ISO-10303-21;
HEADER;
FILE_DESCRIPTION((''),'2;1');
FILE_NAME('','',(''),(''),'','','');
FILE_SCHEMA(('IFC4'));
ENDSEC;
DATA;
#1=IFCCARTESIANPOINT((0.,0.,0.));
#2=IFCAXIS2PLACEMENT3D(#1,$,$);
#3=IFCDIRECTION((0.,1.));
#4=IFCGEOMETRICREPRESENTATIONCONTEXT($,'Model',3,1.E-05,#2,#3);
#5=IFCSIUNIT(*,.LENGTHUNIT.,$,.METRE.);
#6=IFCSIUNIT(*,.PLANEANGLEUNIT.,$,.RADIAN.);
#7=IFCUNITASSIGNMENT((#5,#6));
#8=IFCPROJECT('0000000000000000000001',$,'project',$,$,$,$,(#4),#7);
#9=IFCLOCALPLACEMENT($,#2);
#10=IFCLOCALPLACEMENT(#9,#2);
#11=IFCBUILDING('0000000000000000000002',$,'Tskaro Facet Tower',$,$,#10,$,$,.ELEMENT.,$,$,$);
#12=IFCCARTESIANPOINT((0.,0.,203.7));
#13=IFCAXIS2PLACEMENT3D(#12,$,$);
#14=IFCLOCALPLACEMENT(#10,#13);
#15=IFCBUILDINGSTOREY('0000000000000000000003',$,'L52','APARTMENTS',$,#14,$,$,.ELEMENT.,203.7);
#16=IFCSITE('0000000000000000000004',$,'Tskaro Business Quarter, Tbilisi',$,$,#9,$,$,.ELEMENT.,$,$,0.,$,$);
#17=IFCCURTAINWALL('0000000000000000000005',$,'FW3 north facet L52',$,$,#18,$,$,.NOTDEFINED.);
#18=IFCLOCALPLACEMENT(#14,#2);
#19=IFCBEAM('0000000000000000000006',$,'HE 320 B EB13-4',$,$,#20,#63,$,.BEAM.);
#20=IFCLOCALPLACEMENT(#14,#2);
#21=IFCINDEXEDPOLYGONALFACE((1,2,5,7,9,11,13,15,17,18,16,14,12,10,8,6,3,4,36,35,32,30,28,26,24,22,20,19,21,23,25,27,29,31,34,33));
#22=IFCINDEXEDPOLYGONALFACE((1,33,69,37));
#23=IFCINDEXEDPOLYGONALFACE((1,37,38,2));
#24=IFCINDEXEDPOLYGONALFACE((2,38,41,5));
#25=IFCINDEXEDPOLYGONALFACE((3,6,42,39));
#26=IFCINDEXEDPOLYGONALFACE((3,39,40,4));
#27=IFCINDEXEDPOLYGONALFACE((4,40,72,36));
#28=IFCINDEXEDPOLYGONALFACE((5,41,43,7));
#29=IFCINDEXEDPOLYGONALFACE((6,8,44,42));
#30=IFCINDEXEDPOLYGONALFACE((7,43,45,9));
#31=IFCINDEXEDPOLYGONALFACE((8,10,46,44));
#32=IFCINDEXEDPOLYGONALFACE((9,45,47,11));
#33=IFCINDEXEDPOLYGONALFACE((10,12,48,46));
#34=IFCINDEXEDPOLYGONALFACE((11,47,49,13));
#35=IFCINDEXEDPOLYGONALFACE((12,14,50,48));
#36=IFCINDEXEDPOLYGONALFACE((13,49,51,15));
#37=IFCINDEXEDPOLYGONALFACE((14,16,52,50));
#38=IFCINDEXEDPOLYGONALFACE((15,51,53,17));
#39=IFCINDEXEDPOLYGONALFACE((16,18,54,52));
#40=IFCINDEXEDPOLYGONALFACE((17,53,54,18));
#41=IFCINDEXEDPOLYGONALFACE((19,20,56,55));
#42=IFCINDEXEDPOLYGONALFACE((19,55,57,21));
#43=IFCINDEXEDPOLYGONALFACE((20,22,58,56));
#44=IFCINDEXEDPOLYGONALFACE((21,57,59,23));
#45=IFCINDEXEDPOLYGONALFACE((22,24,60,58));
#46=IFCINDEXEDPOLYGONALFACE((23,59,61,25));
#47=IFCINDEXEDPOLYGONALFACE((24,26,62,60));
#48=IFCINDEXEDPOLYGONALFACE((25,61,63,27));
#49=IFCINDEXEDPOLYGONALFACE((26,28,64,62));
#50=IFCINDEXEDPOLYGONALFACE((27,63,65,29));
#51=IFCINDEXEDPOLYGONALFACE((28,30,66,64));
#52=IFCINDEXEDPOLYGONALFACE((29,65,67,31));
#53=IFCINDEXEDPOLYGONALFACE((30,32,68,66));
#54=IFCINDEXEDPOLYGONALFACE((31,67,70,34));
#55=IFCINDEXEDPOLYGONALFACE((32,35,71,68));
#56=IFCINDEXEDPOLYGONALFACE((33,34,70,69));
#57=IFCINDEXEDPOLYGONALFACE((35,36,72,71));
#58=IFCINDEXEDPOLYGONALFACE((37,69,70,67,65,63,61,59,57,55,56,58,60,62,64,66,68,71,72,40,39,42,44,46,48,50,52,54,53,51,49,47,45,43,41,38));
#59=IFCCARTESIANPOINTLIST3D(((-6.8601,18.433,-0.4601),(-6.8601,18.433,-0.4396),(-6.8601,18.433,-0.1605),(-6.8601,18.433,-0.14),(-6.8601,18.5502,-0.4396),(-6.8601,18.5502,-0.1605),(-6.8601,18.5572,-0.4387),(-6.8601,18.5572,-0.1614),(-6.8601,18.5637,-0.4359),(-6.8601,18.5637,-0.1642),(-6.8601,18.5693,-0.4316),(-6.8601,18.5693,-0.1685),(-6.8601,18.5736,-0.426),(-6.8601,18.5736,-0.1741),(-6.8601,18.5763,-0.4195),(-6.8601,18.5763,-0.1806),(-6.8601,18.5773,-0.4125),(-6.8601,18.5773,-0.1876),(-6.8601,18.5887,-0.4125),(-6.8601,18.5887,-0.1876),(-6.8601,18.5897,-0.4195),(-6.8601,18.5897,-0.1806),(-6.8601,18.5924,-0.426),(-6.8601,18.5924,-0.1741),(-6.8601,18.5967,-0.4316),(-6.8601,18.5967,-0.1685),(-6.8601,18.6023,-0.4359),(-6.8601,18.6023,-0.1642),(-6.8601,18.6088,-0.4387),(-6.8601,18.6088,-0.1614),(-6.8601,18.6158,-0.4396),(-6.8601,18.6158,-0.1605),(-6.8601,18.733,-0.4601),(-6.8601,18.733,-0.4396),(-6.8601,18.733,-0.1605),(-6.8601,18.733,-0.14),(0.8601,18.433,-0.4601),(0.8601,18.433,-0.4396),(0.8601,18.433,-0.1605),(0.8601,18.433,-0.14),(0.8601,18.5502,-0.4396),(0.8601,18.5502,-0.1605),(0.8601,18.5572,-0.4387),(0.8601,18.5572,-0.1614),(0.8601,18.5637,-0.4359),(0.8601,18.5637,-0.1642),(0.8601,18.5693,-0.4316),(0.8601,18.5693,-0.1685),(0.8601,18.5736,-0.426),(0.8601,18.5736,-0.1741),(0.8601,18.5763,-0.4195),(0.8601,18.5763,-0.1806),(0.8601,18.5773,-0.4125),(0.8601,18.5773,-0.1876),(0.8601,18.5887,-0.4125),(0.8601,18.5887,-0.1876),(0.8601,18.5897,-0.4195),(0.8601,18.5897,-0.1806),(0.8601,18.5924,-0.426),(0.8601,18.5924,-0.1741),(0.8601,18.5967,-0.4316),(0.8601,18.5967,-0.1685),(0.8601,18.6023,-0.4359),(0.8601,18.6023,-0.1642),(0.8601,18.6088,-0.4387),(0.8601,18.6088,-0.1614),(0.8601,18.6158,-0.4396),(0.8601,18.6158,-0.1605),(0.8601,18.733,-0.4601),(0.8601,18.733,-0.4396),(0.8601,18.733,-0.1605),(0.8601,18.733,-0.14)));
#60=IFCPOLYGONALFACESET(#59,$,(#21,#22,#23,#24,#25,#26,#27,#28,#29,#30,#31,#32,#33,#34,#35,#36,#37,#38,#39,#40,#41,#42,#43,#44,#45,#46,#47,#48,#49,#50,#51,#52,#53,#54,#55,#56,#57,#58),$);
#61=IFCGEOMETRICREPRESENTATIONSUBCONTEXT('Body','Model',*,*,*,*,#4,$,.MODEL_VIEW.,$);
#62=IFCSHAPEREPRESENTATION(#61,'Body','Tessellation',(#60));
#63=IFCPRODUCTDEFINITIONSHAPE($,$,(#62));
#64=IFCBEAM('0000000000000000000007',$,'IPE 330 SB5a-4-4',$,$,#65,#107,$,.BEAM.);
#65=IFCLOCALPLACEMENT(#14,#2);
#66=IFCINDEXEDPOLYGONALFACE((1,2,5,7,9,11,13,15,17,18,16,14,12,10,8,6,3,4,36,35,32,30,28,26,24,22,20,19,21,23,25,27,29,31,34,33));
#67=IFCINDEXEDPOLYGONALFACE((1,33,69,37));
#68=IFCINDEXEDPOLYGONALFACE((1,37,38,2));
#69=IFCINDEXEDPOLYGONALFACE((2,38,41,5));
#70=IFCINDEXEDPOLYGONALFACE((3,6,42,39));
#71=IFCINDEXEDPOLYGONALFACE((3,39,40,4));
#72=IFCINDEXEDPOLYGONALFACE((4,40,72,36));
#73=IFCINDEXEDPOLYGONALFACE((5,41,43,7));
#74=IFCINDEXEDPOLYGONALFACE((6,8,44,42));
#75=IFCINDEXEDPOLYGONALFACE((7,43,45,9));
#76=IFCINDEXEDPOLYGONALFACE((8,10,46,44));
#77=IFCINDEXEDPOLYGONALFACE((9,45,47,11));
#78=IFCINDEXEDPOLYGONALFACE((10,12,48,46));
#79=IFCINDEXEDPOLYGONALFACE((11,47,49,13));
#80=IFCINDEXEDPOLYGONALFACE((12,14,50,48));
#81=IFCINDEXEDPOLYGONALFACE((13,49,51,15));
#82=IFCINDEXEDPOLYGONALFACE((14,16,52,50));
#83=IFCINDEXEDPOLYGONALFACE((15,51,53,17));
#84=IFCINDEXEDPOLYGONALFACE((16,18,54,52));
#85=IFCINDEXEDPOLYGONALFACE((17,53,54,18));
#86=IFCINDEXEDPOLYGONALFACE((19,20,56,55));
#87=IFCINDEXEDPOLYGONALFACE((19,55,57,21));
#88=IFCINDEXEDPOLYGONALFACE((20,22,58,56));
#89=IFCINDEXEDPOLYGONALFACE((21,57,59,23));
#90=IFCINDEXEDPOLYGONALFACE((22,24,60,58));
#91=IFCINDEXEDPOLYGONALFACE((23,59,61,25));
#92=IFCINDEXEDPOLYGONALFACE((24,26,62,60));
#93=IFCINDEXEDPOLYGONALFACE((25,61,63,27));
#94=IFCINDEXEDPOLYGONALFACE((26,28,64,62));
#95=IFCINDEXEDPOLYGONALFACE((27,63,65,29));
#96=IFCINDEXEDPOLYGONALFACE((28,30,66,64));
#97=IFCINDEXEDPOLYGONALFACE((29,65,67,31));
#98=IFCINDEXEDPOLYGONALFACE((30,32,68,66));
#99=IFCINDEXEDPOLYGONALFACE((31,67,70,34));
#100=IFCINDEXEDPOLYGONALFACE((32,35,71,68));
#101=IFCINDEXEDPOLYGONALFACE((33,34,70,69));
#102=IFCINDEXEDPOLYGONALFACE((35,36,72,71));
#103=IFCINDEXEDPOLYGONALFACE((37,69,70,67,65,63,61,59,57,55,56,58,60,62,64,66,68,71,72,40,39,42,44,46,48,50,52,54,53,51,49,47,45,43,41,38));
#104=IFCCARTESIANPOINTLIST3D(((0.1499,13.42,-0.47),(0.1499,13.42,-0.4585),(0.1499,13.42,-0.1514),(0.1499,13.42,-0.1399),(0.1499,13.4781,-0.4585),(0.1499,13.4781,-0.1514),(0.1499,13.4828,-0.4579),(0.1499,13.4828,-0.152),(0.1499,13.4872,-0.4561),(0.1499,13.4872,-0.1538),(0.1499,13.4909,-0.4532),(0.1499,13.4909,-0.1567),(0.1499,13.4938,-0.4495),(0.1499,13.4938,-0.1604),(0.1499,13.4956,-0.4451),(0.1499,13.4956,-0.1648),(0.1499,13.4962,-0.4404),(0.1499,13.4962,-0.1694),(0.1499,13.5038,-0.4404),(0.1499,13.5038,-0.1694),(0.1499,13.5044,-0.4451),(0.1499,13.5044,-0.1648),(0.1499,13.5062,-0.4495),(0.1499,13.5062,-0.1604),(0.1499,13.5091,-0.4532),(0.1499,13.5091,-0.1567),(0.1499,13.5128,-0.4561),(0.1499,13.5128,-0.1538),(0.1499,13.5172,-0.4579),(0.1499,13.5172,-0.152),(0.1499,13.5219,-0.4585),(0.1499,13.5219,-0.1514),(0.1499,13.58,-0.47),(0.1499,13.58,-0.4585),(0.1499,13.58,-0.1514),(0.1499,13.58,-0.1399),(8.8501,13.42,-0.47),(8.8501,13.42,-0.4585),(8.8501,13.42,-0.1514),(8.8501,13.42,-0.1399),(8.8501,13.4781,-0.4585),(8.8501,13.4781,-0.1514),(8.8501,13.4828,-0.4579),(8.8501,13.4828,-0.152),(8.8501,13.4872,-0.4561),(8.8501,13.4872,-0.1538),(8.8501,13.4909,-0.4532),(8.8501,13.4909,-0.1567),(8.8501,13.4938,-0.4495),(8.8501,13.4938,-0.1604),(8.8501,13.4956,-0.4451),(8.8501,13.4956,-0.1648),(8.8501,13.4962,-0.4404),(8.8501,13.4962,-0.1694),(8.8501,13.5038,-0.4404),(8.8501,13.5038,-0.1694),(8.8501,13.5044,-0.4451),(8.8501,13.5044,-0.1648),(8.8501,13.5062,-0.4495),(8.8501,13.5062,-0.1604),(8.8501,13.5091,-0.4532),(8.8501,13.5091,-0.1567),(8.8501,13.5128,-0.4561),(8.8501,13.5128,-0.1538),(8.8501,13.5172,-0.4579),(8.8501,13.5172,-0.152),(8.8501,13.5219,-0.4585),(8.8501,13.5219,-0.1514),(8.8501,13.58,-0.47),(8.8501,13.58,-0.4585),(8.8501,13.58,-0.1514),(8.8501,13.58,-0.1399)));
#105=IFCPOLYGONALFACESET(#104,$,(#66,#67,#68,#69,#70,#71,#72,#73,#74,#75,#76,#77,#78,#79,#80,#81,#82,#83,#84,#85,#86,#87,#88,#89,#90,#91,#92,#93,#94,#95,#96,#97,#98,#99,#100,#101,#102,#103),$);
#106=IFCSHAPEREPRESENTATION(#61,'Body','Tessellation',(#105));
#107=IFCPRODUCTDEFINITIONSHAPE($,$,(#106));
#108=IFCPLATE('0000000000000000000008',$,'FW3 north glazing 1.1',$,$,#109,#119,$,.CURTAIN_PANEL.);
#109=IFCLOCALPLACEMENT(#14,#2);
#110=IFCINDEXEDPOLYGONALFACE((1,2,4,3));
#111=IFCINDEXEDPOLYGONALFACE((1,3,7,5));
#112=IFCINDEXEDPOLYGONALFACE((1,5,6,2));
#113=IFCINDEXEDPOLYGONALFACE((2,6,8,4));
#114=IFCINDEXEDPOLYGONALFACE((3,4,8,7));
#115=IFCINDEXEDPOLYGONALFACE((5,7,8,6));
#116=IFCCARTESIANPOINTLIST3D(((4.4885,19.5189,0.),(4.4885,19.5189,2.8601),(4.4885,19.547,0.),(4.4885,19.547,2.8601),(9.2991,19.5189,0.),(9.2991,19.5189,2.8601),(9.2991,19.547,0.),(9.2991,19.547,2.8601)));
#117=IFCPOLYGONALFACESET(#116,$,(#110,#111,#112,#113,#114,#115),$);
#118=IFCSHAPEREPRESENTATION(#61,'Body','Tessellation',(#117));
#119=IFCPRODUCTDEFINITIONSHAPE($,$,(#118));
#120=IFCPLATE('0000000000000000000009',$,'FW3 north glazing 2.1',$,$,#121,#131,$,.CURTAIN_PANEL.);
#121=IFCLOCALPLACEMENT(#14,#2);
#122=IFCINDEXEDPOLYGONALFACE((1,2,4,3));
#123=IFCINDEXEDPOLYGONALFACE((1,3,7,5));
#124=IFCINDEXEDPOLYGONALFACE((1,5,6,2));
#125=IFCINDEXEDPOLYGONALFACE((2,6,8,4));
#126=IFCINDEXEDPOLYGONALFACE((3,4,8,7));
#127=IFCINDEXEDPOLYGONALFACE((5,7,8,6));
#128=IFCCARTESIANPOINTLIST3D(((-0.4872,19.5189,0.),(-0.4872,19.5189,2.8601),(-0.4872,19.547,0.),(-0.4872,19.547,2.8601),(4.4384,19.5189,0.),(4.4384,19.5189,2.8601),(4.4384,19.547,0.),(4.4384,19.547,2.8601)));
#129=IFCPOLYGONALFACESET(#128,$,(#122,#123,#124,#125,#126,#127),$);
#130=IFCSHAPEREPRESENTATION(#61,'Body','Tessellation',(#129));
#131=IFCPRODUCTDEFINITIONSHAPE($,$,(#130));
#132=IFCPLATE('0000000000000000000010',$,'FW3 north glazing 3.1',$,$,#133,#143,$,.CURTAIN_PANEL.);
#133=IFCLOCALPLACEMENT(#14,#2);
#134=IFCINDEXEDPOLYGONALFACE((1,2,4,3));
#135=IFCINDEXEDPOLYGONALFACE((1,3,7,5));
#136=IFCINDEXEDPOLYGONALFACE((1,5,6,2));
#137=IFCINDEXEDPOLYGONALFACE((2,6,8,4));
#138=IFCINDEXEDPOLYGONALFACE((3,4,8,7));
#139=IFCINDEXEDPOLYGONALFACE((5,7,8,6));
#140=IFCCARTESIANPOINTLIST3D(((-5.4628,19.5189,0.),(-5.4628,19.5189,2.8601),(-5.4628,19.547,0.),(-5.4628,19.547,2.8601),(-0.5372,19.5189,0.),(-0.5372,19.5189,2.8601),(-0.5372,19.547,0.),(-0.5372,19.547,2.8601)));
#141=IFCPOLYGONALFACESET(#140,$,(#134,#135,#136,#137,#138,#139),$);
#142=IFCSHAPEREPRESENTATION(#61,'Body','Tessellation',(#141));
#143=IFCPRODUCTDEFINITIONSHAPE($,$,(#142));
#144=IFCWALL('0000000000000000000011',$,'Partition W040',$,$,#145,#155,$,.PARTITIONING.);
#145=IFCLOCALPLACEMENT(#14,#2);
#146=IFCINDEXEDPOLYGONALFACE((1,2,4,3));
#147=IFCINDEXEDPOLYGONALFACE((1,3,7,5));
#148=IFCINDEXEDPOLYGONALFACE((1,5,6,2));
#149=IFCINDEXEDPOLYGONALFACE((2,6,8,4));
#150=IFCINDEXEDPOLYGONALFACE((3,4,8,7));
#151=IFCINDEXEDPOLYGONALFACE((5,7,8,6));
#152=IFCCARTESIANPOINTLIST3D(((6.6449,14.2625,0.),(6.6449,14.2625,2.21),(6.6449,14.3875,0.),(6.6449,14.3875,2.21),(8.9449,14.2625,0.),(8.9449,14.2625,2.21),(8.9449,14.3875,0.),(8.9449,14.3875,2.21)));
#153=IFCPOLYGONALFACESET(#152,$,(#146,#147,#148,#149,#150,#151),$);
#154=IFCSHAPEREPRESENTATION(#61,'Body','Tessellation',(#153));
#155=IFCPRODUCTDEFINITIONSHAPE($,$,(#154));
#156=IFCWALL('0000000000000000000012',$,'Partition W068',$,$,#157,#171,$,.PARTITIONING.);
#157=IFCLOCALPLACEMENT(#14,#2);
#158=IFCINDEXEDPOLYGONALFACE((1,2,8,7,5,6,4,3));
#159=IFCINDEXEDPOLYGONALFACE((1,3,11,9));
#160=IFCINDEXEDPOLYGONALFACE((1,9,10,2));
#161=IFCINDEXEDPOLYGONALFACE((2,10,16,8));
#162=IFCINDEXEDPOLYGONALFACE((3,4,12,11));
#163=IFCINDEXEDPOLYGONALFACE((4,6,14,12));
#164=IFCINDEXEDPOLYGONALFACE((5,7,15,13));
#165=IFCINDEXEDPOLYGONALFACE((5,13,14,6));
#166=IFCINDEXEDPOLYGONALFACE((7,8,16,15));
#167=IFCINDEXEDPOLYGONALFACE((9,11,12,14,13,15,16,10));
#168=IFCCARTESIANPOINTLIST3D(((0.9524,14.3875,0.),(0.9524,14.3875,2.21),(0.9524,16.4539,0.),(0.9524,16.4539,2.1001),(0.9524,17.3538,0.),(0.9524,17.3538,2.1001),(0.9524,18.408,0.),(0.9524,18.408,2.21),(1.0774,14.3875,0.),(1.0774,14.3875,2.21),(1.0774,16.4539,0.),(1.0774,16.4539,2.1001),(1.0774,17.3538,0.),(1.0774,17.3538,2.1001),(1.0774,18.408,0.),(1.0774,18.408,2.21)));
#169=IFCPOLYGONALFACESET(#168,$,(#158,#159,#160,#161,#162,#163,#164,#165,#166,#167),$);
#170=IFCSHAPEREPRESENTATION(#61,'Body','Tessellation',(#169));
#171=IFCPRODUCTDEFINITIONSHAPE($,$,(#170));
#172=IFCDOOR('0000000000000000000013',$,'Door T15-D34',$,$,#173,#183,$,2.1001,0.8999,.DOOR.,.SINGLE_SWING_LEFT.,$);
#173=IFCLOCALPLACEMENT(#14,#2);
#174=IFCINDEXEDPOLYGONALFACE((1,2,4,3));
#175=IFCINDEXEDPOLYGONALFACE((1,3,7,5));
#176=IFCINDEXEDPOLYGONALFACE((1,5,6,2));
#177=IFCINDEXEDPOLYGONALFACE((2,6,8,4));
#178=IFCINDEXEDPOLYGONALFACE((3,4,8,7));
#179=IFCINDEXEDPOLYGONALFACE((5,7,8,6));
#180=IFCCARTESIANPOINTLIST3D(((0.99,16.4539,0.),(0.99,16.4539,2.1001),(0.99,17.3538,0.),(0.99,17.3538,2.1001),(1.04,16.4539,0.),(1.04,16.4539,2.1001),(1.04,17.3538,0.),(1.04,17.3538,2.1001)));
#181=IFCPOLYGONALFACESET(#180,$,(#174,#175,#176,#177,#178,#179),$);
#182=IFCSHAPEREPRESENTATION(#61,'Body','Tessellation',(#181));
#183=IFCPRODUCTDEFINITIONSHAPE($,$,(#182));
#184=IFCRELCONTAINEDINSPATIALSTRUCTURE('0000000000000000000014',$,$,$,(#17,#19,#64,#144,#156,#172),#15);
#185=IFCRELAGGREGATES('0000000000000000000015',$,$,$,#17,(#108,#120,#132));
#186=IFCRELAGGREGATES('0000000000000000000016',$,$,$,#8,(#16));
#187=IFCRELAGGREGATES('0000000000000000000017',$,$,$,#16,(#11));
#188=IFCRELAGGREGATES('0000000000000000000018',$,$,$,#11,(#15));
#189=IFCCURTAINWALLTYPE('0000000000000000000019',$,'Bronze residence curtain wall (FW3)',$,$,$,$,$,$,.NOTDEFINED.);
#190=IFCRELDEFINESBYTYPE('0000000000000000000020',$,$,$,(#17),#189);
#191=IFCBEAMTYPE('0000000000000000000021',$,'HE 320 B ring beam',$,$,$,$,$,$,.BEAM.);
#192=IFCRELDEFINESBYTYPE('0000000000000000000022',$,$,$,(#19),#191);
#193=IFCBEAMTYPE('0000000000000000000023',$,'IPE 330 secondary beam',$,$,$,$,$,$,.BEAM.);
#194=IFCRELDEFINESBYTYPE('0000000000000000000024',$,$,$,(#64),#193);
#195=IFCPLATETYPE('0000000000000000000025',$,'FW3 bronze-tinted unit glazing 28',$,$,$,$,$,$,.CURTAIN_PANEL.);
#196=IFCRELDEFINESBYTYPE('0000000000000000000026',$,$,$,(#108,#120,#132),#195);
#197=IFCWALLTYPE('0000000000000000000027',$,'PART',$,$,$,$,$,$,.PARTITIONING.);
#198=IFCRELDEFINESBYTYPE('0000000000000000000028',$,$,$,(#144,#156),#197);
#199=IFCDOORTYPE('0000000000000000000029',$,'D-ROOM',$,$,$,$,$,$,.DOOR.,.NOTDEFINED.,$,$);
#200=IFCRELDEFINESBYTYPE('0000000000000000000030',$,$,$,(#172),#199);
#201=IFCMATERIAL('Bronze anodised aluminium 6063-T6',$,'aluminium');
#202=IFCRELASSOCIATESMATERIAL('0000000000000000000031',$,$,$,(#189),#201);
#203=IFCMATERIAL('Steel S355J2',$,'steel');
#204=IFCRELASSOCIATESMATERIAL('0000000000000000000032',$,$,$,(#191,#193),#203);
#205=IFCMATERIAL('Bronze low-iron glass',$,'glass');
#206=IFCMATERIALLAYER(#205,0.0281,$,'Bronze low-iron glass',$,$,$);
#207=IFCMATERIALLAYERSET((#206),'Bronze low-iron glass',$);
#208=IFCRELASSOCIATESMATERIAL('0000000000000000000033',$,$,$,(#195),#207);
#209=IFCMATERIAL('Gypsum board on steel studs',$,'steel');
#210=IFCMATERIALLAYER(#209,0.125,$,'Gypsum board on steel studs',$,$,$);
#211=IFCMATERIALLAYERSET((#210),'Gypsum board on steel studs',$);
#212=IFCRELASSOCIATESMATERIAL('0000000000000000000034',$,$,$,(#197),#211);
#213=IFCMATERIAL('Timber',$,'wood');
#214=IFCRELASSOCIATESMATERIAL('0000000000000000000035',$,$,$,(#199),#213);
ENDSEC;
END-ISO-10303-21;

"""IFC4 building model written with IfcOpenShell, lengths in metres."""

from ifc_helpers import new_model, si_unit, direction, frame, frame_2d, origin, origin_2d, place, context, subcontext, project, spatial, rectangle, i_section, extrude, material, layer, layer_set, material_profile, profile_set, type_object, element, fill, aggregate, save


model = new_model("IFC4")

# Units and contexts
model_context = context("Model", 3, precision=1e-05, world=origin(), true_north=direction((0.0, 1.0)))
body_context = subcontext(model_context, "Body", "Model", "MODEL_VIEW")
ifc_project = project(units=[si_unit("LENGTHUNIT", "METRE"), si_unit("PLANEANGLEUNIT", "RADIAN")], contexts=[model_context])

# Site, building, storey
site_placement = place(None, origin())
site = spatial("IfcSite", under=ifc_project, at=site_placement, Name="Tskaro Business Quarter, Tbilisi", CompositionType="ELEMENT", RefElevation=0.0)
building_placement = place(site_placement, origin())
building = spatial("IfcBuilding", under=site, at=building_placement, Name="Tskaro Facet Tower", CompositionType="ELEMENT")
storey_placement = place(building_placement, frame((0.0, 0.0, 203.7)))
storey = spatial("IfcBuildingStorey", under=building, at=storey_placement, Name="L52", Description="APARTMENTS", CompositionType="ELEMENT", Elevation=203.7)

# Curtain wall
ifc_material_1 = material(Name="Bronze anodised aluminium 6063-T6", Category="aluminium")
curtain_wall_type = type_object("IfcCurtainWallType", Name="Bronze residence curtain wall (FW3)", PredefinedType="NOTDEFINED", material=ifc_material_1)
curtain_wall_placement = place(storey_placement, origin())
curtain_wall = element("IfcCurtainWall", 1, at=curtain_wall_placement, inside=storey, type_object=curtain_wall_type, Name="FW3 north facet L52", PredefinedType="NOTDEFINED")

# Beams
ifc_material_2 = material(Name="Steel S355J2", Category="steel")
ifc_material_profile_1 = material_profile(ifc_material_2, i_section(OverallWidth=0.3, OverallDepth=0.3201, WebThickness=0.0115, FlangeThickness=0.0205, FilletRadius=0.0271, at=origin_2d()), Name="HE 320 B")
ifc_profile_set_1 = profile_set([ifc_material_profile_1], Name="Steel S355J2")
beam_type_1 = type_object("IfcBeamType", Name="HE 320 B ring beam", PredefinedType="BEAM", material=ifc_profile_set_1)
beam_1_placement = place(storey_placement, frame((0.8601, 18.583, -0.3), z_axis=(-1.0, 0.0, 0.0), x_axis=(0.0, -1.0, 0.0)))
element("IfcBeam", 2, at=beam_1_placement, inside=storey, type_object=beam_type_1, Name="HE 320 B EB13-4", PredefinedType="BEAM", context=body_context, shape_type="SweptSolid", body=[
    extrude(i_section(OverallWidth=0.3, OverallDepth=0.3201, WebThickness=0.0115, FlangeThickness=0.0205, FilletRadius=0.0271, at=origin_2d()), origin(), (0.0, 0.0, 1.0), 7.7202),
])
ifc_material_profile_2 = material_profile(ifc_material_2, i_section(OverallWidth=0.1599, OverallDepth=0.3301, WebThickness=0.0076, FlangeThickness=0.0115, FilletRadius=0.0181, at=origin_2d()), Name="IPE 330")
ifc_profile_set_2 = profile_set([ifc_material_profile_2], Name="Steel S355J2")
beam_type_2 = type_object("IfcBeamType", Name="IPE 330 secondary beam", PredefinedType="BEAM", material=ifc_profile_set_2)
beam_2_placement = place(storey_placement, frame((0.1499, 13.5, -0.3049), z_axis=(1.0, 0.0, 0.0), x_axis=(0.0, 1.0, 0.0)))
element("IfcBeam", 3, at=beam_2_placement, inside=storey, type_object=beam_type_2, Name="IPE 330 SB5a-4-4", PredefinedType="BEAM", context=body_context, shape_type="SweptSolid", body=[
    extrude(i_section(OverallWidth=0.1599, OverallDepth=0.3301, WebThickness=0.0076, FlangeThickness=0.0115, FilletRadius=0.0181, at=origin_2d()), origin(), (0.0, 0.0, 1.0), 8.7002),
])

# Plates
ifc_material_3 = material(Name="Bronze low-iron glass", Category="glass")
ifc_layer_1 = layer(ifc_material_3, 0.0281, Name="Bronze low-iron glass")
ifc_layer_set_1 = layer_set([ifc_layer_1], Name="Bronze low-iron glass")
plate_type = type_object("IfcPlateType", Name="FW3 bronze-tinted unit glazing 28", PredefinedType="CURTAIN_PANEL", material=ifc_layer_set_1)
plate_1_placement = place(storey_placement, frame((6.8938, 19.533, 0.0), z_axis=(0.0, 0.0, 1.0), x_axis=(-1.0, 0.0, 0.0)))
plate_1 = element("IfcPlate", 4, at=plate_1_placement, type_object=plate_type, Name="FW3 north glazing 1.1", PredefinedType="CURTAIN_PANEL", context=body_context, shape_type="SweptSolid", body=[
    extrude(rectangle(XDim=4.8105, YDim=0.0281, at=origin_2d()), origin(), (0.0, 0.0, 1.0), 2.8601),
])
plate_2_placement = place(storey_placement, frame((1.9756, 19.533, 0.0), z_axis=(0.0, 0.0, 1.0), x_axis=(-1.0, 0.0, 0.0)))
plate_2 = element("IfcPlate", 5, at=plate_2_placement, type_object=plate_type, Name="FW3 north glazing 2.1", PredefinedType="CURTAIN_PANEL", context=body_context, shape_type="SweptSolid", body=[
    extrude(rectangle(XDim=4.9255, YDim=0.0281, at=origin_2d()), origin(), (0.0, 0.0, 1.0), 2.8601),
])
plate_3_placement = place(storey_placement, frame((-3.0, 19.533, 0.0), z_axis=(0.0, 0.0, 1.0), x_axis=(-1.0, 0.0, 0.0)))
plate_3 = element("IfcPlate", 6, at=plate_3_placement, type_object=plate_type, Name="FW3 north glazing 3.1", PredefinedType="CURTAIN_PANEL", context=body_context, shape_type="SweptSolid", body=[
    extrude(rectangle(XDim=4.9255, YDim=0.0281, at=origin_2d()), origin(), (0.0, 0.0, 1.0), 2.8601),
])
aggregate(curtain_wall, [plate_1, plate_2, plate_3])

# Wall
ifc_material_4 = material(Name="Gypsum board on steel studs", Category="steel")
ifc_layer_2 = layer(ifc_material_4, 0.125, Name="Gypsum board on steel studs")
ifc_layer_set_2 = layer_set([ifc_layer_2], Name="Gypsum board on steel studs")
wall_type_1 = type_object("IfcWallType", Name="PART", PredefinedType="PARTITIONING", material=ifc_layer_set_2)
wall_1_placement = place(storey_placement, frame((6.645, 14.325, 0.0), z_axis=(0.0, 0.0, 1.0), x_axis=(1.0, 0.0, 0.0)))
element("IfcWall", 7, at=wall_1_placement, inside=storey, type_object=wall_type_1, Name="Partition W040", PredefinedType="PARTITIONING", context=body_context, shape_type="SweptSolid", body=[
    extrude(rectangle(XDim=2.3, YDim=0.125, at=frame_2d((1.1499, 0.0))), origin(), (0.0, 0.0, 1.0), 2.21),
])

# Wall, opening, door
wall_2_placement = place(storey_placement, frame((1.0149, 14.3875, 0.0), z_axis=(0.0, 0.0, 1.0), x_axis=(0.0, 1.0, 0.0)))
wall_2 = element("IfcWall", 8, at=wall_2_placement, inside=storey, type_object=wall_type_1, Name="Partition W068", PredefinedType="PARTITIONING", context=body_context, shape_type="SweptSolid", body=[
    extrude(rectangle(XDim=4.0205, YDim=0.125, at=frame_2d((2.0103, 0.0))), origin(), (0.0, 0.0, 1.0), 2.21),
])
opening_1_placement = place(wall_2_placement, frame((2.0664, 0.0, 0.0)))
opening_1 = element("IfcOpeningElement", 9, at=opening_1_placement, cuts=wall_2, PredefinedType="OPENING", context=body_context, shape_type="SweptSolid", body=[
    extrude(rectangle(XDim=0.8999, YDim=2.1001, at=frame_2d((0.45, 1.05))), frame((0.0, 0.0725, 0.0), z_axis=(0.0, -1.0, 0.0), x_axis=(1.0, 0.0, 0.0)), (0.0, 0.0, 1.0), 0.145),
])
ifc_material_5 = material(Name="Timber", Category="wood")
door_type = type_object("IfcDoorType", Name="D-ROOM", OperationType="NOTDEFINED", PredefinedType="DOOR", material=ifc_material_5)
door_1_placement = place(opening_1_placement, origin())
door_1 = element("IfcDoor", 10, at=door_1_placement, inside=storey, type_object=door_type, Name="Door T15-D34", OperationType="SINGLE_SWING_LEFT", OverallHeight=2.1001, OverallWidth=0.8999, PredefinedType="DOOR", context=body_context, shape_type="SweptSolid", body=[
    extrude(rectangle(XDim=0.8999, YDim=2.1001, at=frame_2d((0.45, 1.05))), frame((0.0, 0.0249, 0.0), z_axis=(0.0, -1.0, 0.0), x_axis=(1.0, 0.0, 0.0)), (0.0, 0.0, 1.0), 0.05),
])
fill(opening_1, door_1)

save(model, "model.ifc")
